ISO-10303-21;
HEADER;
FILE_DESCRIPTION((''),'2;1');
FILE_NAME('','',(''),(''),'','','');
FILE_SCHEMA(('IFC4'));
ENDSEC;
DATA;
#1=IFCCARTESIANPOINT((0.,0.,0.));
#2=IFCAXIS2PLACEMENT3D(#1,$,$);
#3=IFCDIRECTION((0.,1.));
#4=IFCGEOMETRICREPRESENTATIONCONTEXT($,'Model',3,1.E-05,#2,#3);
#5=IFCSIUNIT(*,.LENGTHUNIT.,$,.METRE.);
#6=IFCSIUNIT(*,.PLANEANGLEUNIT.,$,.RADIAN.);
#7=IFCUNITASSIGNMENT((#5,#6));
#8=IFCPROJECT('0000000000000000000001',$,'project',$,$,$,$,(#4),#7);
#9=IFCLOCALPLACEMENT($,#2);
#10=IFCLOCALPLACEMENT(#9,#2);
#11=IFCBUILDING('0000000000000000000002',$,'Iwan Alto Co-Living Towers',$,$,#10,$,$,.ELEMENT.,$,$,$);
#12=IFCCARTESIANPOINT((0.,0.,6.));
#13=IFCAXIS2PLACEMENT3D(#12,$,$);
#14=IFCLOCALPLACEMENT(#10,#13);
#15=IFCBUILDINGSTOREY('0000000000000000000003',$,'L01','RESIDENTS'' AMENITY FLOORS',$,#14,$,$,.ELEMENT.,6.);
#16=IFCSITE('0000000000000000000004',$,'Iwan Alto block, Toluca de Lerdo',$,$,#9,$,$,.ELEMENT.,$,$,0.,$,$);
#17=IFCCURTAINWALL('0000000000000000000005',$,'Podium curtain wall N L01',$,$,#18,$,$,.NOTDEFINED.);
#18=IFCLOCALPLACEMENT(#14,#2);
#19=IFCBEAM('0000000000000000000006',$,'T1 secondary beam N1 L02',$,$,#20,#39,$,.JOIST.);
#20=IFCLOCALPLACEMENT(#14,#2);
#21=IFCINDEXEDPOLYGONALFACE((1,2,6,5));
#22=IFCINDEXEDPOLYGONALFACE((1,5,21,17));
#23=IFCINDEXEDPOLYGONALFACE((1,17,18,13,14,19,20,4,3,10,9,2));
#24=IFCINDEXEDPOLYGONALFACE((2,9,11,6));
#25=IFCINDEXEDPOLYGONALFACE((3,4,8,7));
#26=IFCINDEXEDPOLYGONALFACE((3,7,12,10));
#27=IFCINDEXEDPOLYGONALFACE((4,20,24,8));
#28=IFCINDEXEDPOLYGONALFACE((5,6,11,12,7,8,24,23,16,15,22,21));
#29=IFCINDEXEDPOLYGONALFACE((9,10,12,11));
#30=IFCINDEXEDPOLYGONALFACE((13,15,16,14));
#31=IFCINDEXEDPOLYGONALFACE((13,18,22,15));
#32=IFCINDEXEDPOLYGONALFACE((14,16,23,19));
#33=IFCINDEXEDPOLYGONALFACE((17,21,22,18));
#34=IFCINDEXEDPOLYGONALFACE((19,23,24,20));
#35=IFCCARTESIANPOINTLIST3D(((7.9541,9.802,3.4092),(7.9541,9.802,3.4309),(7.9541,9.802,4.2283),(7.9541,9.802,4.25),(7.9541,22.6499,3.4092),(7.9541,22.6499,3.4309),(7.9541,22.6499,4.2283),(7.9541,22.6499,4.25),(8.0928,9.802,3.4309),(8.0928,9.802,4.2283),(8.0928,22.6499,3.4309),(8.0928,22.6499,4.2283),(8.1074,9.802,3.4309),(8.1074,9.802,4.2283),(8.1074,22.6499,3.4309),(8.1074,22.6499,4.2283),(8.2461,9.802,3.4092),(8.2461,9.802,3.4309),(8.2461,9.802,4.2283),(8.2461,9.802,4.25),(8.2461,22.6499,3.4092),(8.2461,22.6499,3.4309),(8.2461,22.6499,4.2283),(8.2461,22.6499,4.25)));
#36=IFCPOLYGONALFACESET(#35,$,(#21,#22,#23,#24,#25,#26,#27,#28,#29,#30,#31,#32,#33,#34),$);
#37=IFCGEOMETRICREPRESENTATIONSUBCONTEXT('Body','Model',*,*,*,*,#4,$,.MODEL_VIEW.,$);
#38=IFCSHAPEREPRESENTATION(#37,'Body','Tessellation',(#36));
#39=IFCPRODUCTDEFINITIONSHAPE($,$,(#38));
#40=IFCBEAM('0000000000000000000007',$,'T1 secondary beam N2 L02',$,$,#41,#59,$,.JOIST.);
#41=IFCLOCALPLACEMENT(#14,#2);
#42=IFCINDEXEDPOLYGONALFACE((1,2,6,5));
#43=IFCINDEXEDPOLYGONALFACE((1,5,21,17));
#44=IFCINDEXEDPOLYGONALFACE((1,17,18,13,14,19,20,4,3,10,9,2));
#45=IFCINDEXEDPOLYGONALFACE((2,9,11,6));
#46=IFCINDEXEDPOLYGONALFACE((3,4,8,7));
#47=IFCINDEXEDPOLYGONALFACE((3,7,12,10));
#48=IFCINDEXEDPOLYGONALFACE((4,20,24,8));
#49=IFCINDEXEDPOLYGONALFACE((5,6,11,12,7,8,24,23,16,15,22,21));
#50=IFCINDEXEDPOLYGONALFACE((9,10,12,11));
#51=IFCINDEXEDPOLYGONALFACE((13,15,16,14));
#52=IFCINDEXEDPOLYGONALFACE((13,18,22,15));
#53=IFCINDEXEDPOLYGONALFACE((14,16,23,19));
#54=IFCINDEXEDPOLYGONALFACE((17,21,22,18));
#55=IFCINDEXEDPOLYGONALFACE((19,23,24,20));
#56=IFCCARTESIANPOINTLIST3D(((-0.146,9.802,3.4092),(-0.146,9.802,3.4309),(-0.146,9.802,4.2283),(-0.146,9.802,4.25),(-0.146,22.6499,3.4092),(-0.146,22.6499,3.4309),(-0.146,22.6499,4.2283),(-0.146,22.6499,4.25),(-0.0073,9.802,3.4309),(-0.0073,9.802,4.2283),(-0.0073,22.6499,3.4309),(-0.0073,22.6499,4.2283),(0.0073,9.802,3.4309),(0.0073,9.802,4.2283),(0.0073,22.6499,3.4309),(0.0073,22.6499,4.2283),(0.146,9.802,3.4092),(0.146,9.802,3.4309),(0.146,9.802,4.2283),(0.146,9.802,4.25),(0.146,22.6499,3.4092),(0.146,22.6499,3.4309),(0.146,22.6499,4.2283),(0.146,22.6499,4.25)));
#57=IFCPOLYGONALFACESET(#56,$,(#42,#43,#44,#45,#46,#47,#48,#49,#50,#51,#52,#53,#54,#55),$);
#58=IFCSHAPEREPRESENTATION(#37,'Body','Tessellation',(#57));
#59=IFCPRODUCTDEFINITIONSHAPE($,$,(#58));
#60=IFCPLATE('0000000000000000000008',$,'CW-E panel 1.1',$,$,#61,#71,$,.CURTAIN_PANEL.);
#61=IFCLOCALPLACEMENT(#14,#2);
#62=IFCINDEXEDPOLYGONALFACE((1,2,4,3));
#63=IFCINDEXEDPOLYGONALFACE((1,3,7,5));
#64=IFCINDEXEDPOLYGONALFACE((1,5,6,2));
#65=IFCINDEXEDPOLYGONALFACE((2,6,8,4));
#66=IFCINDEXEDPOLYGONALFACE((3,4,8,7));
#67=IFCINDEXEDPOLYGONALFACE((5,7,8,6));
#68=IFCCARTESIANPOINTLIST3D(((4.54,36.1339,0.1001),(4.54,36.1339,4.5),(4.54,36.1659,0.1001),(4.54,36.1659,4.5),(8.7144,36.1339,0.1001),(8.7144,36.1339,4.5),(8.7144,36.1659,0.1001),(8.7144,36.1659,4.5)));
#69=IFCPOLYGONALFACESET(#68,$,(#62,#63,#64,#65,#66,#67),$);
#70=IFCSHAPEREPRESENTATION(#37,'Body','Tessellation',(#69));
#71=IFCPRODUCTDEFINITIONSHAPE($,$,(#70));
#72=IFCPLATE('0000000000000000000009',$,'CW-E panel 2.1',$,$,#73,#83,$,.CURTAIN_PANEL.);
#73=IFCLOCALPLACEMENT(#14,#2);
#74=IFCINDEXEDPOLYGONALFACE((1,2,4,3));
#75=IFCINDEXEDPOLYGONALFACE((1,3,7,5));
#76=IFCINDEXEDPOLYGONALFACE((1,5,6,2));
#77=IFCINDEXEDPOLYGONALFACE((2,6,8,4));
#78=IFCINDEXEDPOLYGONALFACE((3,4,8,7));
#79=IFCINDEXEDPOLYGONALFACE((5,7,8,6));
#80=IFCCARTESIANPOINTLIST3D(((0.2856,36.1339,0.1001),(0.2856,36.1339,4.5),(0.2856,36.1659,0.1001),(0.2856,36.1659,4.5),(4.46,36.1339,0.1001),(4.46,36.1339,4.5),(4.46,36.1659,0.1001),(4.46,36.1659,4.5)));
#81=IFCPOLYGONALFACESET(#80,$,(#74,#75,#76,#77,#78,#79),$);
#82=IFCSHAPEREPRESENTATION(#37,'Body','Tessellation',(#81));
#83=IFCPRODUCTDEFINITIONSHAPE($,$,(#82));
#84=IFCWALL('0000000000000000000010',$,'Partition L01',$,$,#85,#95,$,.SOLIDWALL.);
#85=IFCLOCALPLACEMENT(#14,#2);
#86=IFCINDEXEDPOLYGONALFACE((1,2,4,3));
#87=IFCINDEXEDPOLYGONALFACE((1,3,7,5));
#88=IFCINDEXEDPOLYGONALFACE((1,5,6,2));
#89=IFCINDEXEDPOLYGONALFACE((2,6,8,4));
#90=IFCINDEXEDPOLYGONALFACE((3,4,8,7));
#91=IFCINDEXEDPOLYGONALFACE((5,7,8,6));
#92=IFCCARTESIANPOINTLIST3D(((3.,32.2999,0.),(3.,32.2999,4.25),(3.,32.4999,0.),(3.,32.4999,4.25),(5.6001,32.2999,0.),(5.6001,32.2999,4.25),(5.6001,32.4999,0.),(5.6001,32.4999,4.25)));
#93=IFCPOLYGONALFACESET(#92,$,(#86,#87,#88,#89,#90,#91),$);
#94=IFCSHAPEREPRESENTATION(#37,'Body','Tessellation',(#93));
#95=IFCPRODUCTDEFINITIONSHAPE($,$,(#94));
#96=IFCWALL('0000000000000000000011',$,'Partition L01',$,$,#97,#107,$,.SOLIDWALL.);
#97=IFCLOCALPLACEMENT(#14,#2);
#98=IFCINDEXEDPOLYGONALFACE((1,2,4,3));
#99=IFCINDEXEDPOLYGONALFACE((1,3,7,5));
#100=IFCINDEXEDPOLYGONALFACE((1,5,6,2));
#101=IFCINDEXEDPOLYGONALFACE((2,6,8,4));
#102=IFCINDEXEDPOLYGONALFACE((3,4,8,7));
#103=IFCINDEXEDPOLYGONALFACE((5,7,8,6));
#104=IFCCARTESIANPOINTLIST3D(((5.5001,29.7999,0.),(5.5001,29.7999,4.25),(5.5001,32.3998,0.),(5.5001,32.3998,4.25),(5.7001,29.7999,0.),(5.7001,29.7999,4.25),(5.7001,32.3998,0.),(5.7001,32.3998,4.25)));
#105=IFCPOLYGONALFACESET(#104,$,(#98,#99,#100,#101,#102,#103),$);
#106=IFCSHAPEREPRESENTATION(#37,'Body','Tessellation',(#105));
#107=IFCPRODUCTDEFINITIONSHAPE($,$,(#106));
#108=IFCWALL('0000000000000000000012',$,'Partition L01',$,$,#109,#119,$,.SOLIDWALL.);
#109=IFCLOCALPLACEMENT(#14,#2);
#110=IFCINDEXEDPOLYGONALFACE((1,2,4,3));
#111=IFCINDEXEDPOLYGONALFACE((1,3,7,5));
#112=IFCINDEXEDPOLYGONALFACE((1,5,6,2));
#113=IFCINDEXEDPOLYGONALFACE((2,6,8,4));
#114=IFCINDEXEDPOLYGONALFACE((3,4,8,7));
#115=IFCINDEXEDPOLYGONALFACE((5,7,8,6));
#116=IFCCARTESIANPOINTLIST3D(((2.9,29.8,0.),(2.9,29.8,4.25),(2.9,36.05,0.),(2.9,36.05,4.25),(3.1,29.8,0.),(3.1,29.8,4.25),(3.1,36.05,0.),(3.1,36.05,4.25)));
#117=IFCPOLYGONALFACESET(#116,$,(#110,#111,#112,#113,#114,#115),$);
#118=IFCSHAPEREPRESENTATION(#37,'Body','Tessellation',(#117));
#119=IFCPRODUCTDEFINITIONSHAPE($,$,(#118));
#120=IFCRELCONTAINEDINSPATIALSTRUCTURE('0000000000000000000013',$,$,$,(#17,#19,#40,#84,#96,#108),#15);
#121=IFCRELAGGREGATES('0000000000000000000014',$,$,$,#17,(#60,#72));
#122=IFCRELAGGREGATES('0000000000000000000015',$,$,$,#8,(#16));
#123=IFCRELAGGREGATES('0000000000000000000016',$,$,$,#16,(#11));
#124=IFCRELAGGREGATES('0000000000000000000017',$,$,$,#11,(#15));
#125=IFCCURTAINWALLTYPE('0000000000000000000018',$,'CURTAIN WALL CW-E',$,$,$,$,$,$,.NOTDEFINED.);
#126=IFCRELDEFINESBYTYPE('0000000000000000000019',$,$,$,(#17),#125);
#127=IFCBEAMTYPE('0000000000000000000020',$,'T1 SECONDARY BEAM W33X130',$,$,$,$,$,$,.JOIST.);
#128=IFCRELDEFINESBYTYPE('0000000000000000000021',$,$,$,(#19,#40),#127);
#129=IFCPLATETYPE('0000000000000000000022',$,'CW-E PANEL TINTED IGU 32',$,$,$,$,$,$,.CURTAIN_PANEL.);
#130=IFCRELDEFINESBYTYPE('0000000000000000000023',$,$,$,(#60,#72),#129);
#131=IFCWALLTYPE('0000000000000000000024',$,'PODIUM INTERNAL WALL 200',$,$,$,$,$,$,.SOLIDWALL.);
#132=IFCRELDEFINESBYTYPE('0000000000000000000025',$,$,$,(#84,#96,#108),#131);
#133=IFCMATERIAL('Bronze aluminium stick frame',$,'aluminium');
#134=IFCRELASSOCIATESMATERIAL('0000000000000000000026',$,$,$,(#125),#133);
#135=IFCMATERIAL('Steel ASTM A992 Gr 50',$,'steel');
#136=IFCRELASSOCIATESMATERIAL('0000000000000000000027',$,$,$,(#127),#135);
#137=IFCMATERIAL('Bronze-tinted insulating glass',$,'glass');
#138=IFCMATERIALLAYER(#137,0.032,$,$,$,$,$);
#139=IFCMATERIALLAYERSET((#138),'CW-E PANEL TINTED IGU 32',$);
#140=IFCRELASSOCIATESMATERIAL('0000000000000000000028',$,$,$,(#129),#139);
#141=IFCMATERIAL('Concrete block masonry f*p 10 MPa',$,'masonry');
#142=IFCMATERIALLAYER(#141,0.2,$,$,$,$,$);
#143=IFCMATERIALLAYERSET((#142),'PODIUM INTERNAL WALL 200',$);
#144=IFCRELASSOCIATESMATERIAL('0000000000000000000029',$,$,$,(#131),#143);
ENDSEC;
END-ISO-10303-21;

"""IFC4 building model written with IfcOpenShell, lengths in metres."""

from ifc_helpers import new_model, si_unit, direction, frame, frame_2d, origin, origin_2d, place, context, subcontext, project, spatial, rectangle, i_section, extrude, material, layer, layer_set, material_profile, profile_set, type_object, element, aggregate, save


model = new_model("IFC4")

# Units and contexts
model_context = context("Model", 3, precision=1e-05, world=origin(), true_north=direction((0.0, 1.0)))
body_context = subcontext(model_context, "Body", "Model", "MODEL_VIEW")
ifc_project = project(units=[si_unit("LENGTHUNIT", "METRE"), si_unit("PLANEANGLEUNIT", "RADIAN")], contexts=[model_context])

# Site, building, storey
site_placement = place(None, origin())
site = spatial("IfcSite", under=ifc_project, at=site_placement, Name="Iwan Alto block, Toluca de Lerdo", CompositionType="ELEMENT", RefElevation=0.0)
building_placement = place(site_placement, origin())
building = spatial("IfcBuilding", under=site, at=building_placement, Name="Iwan Alto Co-Living Towers", CompositionType="ELEMENT")
storey_placement = place(building_placement, frame((0.0, 0.0, 6.0)))
storey = spatial("IfcBuildingStorey", under=building, at=storey_placement, Name="L01", Description="RESIDENTS' AMENITY FLOORS", CompositionType="ELEMENT", Elevation=6.0)

# Shared definitions
ifc_material_1 = material(Name="Bronze aluminium stick frame", Category="aluminium")
curtain_wall_type = type_object("IfcCurtainWallType", Name="CURTAIN WALL CW-E", PredefinedType="NOTDEFINED", material=ifc_material_1)

# Curtain wall
curtain_wall_1_placement = place(storey_placement, origin())
curtain_wall_1 = element("IfcCurtainWall", 1, at=curtain_wall_1_placement, inside=storey, type_object=curtain_wall_type, Name="Podium curtain wall N L01", PredefinedType="NOTDEFINED")

# Beams
ifc_material_2 = material(Name="Steel ASTM A992 Gr 50", Category="steel")
ifc_material_profile_1 = material_profile(ifc_material_2, i_section(OverallWidth=0.292, OverallDepth=0.8408, WebThickness=0.0146, FlangeThickness=0.0217, at=origin_2d()), Name="W33X130")
ifc_profile_set_1 = profile_set([ifc_material_profile_1], Name="Steel ASTM A992 Gr 50")
beam_type_1 = type_object("IfcBeamType", Name="T1 SECONDARY BEAM W33X130", PredefinedType="JOIST", material=ifc_profile_set_1)
for number, where, z_axis, x_axis, name in (
    (2, (8.1001, 22.6499, 3.8296), (0.0, -1.0, 0.0), (1.0, 0.0, 0.0), "T1 secondary beam N1 L02"),
    (3, (0.0, 22.6499, 3.8296), (0.0, -1.0, 0.0), (1.0, 0.0, 0.0), "T1 secondary beam N2 L02"),
):
    element("IfcBeam", number, at=place(storey_placement, frame(where, z_axis=z_axis, x_axis=x_axis)), inside=storey, type_object=beam_type_1, Name=name, PredefinedType="JOIST", context=body_context, shape_type="SweptSolid", body=[
        extrude(i_section(OverallWidth=0.292, OverallDepth=0.8408, WebThickness=0.0146, FlangeThickness=0.0217, at=origin_2d()), origin(), (0.0, 0.0, 1.0), 12.8479),
    ])

# Plates
ifc_material_3 = material(Name="Bronze-tinted insulating glass", Category="glass")
ifc_layer_1 = layer(ifc_material_3, 0.032)
ifc_layer_set_1 = layer_set([ifc_layer_1], Name="CW-E PANEL TINTED IGU 32")
plate_type = type_object("IfcPlateType", Name="CW-E PANEL TINTED IGU 32", PredefinedType="CURTAIN_PANEL", material=ifc_layer_set_1)
plate_1_placement = place(storey_placement, frame((6.6272, 36.1499, 0.1001), z_axis=(0.0, 0.0, 1.0), x_axis=(-1.0, 0.0, 0.0)))
plate_1 = element("IfcPlate", 4, at=plate_1_placement, type_object=plate_type, Name="CW-E panel 1.1", PredefinedType="CURTAIN_PANEL", context=body_context, shape_type="SweptSolid", body=[
    extrude(rectangle(XDim=4.1743, YDim=0.032, at=origin_2d()), origin(), (0.0, 0.0, 1.0), 4.3999),
])
plate_2_placement = place(storey_placement, frame((2.3728, 36.1499, 0.1001), z_axis=(0.0, 0.0, 1.0), x_axis=(-1.0, 0.0, 0.0)))
plate_2 = element("IfcPlate", 5, at=plate_2_placement, type_object=plate_type, Name="CW-E panel 2.1", PredefinedType="CURTAIN_PANEL", context=body_context, shape_type="SweptSolid", body=[
    extrude(rectangle(XDim=4.1743, YDim=0.032, at=origin_2d()), origin(), (0.0, 0.0, 1.0), 4.3999),
])
aggregate(curtain_wall_1, [plate_1, plate_2])

# Walls
ifc_material_4 = material(Name="Concrete block masonry f*p 10 MPa", Category="masonry")
ifc_layer_2 = layer(ifc_material_4, 0.2)
ifc_layer_set_2 = layer_set([ifc_layer_2], Name="PODIUM INTERNAL WALL 200")
wall_type = type_object("IfcWallType", Name="PODIUM INTERNAL WALL 200", PredefinedType="SOLIDWALL", material=ifc_layer_set_2)
wall_1_placement = place(storey_placement, frame((3.0, 32.3999, 0.0), z_axis=(0.0, 0.0, 1.0), x_axis=(1.0, 0.0, 0.0)))
element("IfcWall", 6, at=wall_1_placement, inside=storey, type_object=wall_type, Name="Partition L01", PredefinedType="SOLIDWALL", context=body_context, shape_type="SweptSolid", body=[
    extrude(rectangle(XDim=2.6001, YDim=0.2, at=frame_2d((1.3, 0.0))), origin(), (0.0, 0.0, 1.0), 4.25),
])
wall_2_placement = place(storey_placement, frame((5.6001, 29.8, 0.0), z_axis=(0.0, 0.0, 1.0), x_axis=(0.0, 1.0, 0.0)))
element("IfcWall", 7, at=wall_2_placement, inside=storey, type_object=wall_type, Name="Partition L01", PredefinedType="SOLIDWALL", context=body_context, shape_type="SweptSolid", body=[
    extrude(rectangle(XDim=2.5999, YDim=0.2, at=frame_2d((1.2998, 0.0))), origin(), (0.0, 0.0, 1.0), 4.25),
])
wall_3_placement = place(storey_placement, frame((3.0, 29.8, 0.0), z_axis=(0.0, 0.0, 1.0), x_axis=(0.0, 1.0, 0.0)))
element("IfcWall", 8, at=wall_3_placement, inside=storey, type_object=wall_type, Name="Partition L01", PredefinedType="SOLIDWALL", context=body_context, shape_type="SweptSolid", body=[
    extrude(rectangle(XDim=6.25, YDim=0.2, at=frame_2d((3.125, 0.0))), origin(), (0.0, 0.0, 1.0), 4.25),
])

save(model, "model.ifc")
